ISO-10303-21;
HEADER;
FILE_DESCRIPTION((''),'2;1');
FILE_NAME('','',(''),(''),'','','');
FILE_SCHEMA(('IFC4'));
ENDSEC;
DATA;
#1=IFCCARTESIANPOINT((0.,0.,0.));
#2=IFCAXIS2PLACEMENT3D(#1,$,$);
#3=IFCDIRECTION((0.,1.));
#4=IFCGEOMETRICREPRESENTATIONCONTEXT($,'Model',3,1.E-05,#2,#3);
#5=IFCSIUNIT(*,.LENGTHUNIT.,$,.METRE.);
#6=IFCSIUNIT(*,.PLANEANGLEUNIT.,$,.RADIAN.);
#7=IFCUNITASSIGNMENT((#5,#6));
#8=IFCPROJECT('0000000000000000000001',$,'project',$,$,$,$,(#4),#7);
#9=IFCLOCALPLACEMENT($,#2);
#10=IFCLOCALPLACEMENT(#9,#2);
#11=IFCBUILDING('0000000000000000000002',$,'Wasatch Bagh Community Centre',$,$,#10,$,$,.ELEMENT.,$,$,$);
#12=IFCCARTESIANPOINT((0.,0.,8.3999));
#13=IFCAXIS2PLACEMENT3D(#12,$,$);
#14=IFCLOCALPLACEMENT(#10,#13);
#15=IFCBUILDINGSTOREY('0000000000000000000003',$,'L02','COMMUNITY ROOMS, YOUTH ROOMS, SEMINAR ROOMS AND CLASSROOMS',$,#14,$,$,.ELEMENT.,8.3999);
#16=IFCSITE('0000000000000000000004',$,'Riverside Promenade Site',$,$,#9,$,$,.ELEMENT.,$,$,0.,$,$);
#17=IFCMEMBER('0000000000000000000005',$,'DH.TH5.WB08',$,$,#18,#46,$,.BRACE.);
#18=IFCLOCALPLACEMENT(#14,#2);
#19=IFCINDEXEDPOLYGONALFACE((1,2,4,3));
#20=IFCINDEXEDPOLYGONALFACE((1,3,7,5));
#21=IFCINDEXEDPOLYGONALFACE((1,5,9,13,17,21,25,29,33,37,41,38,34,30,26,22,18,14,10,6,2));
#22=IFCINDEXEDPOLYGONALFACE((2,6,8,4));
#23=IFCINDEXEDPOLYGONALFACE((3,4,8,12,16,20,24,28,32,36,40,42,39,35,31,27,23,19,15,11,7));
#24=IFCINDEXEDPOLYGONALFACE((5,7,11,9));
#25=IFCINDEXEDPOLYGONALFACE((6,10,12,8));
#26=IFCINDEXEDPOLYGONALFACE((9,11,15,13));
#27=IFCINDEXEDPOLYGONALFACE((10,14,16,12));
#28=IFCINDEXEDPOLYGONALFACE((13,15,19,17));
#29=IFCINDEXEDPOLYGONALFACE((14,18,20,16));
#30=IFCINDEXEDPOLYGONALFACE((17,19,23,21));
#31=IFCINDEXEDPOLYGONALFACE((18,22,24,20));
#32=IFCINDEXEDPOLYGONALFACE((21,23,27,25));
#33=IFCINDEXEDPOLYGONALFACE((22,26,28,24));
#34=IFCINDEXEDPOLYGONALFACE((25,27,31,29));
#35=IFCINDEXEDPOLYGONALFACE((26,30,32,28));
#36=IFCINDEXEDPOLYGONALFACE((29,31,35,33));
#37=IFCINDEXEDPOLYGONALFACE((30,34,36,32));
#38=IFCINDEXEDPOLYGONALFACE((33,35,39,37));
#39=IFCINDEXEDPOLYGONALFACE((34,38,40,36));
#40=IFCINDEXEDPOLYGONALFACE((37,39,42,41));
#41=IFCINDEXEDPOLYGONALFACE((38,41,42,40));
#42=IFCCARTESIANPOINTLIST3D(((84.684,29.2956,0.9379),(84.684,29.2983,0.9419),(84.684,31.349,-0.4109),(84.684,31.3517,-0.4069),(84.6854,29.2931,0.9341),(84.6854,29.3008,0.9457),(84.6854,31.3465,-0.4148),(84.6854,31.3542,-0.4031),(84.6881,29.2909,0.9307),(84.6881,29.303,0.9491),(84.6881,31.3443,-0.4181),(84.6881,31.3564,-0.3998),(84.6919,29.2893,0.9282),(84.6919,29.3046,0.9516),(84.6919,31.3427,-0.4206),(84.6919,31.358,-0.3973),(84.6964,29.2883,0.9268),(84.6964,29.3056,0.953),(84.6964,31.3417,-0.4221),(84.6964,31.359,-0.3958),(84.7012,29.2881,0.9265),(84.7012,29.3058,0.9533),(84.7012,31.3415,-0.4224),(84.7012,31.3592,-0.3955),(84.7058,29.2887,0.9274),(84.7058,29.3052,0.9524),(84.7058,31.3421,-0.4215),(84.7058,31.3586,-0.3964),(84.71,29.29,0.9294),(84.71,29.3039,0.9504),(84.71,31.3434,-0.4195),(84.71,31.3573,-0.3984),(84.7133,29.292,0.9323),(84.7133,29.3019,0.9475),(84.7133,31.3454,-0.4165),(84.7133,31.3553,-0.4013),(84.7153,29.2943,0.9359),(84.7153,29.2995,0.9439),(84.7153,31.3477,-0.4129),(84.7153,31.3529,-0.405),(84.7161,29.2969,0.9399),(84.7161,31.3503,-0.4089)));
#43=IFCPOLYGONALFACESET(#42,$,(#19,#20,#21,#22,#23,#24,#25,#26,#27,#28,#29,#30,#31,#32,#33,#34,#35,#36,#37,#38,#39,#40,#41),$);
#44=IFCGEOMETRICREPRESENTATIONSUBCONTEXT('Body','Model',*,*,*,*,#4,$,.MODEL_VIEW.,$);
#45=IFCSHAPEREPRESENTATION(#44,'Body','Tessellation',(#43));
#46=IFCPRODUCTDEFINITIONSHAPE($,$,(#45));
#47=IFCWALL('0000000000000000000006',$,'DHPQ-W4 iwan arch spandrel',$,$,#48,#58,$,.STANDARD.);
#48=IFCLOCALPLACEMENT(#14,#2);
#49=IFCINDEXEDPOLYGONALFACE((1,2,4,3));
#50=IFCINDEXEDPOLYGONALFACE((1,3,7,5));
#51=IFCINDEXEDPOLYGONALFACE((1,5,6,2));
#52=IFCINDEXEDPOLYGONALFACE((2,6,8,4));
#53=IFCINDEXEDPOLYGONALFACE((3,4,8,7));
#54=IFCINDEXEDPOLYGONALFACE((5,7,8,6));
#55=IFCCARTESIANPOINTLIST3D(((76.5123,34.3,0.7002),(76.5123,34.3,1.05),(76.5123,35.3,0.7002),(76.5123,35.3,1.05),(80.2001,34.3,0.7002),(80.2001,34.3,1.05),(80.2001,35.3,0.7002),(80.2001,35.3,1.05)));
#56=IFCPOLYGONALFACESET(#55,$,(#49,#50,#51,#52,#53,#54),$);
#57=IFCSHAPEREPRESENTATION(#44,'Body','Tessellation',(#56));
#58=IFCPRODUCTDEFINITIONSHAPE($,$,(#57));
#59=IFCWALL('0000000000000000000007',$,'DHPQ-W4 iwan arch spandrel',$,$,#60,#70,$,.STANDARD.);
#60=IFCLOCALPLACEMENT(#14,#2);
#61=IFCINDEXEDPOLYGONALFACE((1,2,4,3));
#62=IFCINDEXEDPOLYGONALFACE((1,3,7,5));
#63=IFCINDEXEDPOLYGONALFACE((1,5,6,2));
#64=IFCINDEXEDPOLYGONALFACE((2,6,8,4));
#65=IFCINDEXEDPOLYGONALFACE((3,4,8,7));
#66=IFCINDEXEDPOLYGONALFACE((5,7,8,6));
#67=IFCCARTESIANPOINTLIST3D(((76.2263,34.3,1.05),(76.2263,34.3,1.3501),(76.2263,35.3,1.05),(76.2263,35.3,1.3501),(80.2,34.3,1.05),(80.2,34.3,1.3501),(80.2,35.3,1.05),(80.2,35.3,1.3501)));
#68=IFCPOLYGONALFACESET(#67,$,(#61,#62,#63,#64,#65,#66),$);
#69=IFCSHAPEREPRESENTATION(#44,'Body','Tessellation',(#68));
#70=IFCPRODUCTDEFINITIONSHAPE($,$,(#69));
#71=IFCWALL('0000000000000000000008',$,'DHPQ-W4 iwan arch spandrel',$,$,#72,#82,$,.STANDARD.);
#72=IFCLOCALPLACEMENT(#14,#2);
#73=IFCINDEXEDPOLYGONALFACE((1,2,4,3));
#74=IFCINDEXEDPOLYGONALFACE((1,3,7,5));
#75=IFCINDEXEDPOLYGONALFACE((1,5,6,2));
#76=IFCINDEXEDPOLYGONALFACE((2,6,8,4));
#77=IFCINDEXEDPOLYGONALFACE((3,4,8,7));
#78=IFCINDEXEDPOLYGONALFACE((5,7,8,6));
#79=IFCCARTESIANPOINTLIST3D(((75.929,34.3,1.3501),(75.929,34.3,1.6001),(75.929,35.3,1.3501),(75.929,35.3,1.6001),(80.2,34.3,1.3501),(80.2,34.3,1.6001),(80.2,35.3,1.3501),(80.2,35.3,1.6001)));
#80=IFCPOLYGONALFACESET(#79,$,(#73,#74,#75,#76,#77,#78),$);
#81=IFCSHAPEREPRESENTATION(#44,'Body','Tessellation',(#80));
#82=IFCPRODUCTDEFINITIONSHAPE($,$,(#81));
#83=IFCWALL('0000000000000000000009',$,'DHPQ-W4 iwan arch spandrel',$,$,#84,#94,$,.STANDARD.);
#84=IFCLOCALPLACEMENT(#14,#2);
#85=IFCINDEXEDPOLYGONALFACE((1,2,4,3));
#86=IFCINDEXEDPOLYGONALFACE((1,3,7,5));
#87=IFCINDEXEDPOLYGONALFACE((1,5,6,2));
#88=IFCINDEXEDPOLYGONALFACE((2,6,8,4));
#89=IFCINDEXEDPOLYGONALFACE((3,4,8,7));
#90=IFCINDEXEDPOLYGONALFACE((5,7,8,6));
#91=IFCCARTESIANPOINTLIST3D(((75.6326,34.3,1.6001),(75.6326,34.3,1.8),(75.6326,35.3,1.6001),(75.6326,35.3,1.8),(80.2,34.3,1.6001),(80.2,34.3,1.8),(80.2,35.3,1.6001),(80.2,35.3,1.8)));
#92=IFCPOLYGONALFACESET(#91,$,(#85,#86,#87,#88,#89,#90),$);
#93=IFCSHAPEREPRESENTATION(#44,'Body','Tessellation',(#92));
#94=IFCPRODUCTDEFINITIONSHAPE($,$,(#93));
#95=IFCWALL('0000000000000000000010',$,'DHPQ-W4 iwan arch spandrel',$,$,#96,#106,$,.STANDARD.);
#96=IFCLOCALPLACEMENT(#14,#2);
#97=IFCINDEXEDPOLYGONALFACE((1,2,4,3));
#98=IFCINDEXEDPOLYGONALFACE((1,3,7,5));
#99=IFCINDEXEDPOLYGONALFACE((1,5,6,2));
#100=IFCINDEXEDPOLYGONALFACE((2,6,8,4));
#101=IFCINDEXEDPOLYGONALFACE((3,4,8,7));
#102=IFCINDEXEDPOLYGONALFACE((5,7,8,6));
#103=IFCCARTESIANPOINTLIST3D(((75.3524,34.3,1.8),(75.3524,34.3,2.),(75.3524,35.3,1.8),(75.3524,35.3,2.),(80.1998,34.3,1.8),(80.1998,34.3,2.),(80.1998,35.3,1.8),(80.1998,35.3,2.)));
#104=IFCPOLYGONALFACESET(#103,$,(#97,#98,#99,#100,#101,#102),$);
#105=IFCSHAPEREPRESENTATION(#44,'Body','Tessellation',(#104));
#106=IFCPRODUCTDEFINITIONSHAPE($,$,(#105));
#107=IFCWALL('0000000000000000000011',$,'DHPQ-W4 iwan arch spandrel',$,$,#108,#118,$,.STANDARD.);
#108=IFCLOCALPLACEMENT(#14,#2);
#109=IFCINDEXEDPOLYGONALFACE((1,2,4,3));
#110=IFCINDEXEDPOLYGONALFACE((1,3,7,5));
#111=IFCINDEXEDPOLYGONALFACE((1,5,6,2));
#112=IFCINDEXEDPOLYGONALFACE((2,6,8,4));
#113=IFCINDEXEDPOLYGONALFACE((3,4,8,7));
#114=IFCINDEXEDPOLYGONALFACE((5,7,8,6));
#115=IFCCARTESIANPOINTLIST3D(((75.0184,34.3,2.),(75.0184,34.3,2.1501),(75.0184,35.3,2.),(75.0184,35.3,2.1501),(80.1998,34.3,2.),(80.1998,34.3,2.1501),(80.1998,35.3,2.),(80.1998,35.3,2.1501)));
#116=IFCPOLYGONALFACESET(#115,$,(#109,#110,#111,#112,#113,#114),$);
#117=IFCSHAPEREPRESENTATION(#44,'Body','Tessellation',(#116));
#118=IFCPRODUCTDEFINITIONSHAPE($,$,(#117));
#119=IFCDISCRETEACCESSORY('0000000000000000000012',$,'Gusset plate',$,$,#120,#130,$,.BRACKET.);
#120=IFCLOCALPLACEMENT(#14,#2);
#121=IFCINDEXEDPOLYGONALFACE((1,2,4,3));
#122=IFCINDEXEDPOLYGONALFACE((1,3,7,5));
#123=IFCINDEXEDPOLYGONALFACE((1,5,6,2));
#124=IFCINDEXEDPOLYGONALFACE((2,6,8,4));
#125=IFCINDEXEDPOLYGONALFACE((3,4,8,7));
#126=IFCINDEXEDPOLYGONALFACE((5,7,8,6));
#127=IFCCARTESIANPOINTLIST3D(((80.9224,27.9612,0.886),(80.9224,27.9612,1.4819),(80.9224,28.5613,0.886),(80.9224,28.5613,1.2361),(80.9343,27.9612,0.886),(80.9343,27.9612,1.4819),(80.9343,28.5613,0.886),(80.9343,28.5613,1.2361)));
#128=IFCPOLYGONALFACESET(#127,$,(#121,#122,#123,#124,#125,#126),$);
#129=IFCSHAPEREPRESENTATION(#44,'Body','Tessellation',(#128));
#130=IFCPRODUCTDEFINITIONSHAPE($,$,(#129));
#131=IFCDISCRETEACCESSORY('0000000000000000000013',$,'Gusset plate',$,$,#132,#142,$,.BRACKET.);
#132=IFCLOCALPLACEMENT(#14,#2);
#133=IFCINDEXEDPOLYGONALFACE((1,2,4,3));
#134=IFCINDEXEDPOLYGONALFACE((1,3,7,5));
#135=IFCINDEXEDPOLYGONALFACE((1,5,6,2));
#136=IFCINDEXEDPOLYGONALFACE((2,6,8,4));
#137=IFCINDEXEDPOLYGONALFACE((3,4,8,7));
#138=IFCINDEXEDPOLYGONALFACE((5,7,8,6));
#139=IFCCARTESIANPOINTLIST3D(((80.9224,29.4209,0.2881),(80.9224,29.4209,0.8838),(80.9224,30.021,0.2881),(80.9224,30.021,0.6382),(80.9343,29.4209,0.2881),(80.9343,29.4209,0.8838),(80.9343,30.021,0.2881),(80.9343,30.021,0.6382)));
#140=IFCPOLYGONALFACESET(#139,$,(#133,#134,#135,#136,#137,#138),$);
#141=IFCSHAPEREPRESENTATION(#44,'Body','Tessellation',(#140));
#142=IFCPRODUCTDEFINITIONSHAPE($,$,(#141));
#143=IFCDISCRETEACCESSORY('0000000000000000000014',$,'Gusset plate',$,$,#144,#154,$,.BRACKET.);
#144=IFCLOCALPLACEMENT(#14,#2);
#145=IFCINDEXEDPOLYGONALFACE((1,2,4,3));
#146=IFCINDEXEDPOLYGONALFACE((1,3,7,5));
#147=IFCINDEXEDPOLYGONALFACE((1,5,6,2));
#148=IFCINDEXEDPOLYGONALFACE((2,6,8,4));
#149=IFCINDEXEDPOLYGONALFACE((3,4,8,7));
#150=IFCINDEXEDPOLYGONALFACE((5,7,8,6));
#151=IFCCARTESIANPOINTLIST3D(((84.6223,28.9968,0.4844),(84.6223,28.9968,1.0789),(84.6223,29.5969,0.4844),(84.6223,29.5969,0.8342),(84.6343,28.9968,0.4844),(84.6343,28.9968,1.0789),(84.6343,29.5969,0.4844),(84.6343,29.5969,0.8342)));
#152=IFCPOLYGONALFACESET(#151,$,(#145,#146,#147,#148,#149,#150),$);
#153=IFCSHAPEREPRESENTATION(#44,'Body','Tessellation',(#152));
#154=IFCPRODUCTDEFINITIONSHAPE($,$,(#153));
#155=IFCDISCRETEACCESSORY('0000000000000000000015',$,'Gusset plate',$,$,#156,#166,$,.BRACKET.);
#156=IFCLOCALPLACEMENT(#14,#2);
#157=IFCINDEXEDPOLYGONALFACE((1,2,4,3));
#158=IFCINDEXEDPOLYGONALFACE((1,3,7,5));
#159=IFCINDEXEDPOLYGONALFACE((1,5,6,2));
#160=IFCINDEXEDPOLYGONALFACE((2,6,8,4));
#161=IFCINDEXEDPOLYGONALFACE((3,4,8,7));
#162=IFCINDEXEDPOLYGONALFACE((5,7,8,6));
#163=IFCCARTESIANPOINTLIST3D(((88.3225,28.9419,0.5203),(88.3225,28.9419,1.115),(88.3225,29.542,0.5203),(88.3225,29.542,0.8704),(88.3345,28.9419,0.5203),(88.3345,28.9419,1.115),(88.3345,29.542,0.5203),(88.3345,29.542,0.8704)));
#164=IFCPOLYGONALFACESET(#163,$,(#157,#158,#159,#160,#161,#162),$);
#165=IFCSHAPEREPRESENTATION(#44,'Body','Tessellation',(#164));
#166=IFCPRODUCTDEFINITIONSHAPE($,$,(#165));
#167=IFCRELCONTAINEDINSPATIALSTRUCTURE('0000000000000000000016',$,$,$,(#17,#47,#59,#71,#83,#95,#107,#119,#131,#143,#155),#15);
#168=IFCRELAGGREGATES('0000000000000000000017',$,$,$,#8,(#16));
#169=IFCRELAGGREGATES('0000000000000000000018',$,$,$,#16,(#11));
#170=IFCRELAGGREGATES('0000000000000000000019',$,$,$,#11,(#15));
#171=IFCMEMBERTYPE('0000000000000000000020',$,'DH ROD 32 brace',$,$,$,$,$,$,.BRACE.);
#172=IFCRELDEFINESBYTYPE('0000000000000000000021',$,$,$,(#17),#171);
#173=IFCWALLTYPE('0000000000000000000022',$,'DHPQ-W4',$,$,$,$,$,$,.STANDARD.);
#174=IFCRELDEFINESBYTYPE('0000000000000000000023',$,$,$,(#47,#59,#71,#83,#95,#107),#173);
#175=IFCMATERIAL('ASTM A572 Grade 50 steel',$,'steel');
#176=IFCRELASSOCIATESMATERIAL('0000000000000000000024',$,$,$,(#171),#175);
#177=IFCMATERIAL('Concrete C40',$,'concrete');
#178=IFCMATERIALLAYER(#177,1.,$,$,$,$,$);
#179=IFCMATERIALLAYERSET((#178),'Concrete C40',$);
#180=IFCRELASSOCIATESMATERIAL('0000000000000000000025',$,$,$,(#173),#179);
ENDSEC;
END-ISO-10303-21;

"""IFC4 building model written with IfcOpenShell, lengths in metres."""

from ifc_helpers import new_model, si_unit, direction, frame, frame_2d, origin, origin_2d, place, context, subcontext, project, spatial, polyline, rectangle, circle, outline, extrude, material, layer, layer_set, material_profile, profile_set, type_object, element, save


model = new_model("IFC4")

# Units and contexts
model_context = context("Model", 3, precision=1e-05, world=origin(), true_north=direction((0.0, 1.0)))
body_context = subcontext(model_context, "Body", "Model", "MODEL_VIEW")
ifc_project = project(units=[si_unit("LENGTHUNIT", "METRE"), si_unit("PLANEANGLEUNIT", "RADIAN")], contexts=[model_context])

# Site, building, storey
site_placement = place(None, origin())
site = spatial("IfcSite", under=ifc_project, at=site_placement, Name="Riverside Promenade Site", CompositionType="ELEMENT", RefElevation=0.0)
building_placement = place(site_placement, origin())
building = spatial("IfcBuilding", under=site, at=building_placement, Name="Wasatch Bagh Community Centre", CompositionType="ELEMENT")
storey_placement = place(building_placement, frame((0.0, 0.0, 8.3999)))
storey = spatial("IfcBuildingStorey", under=building, at=storey_placement, Name="L02", Description="COMMUNITY ROOMS, YOUTH ROOMS, SEMINAR ROOMS AND CLASSROOMS", CompositionType="ELEMENT", Elevation=8.3999)

# Member
ifc_material_1 = material(Name="ASTM A572 Grade 50 steel", Category="steel")
ifc_material_profile_1 = material_profile(ifc_material_1, circle(Radius=0.0161, at=origin_2d()), Name="ROD 32")
ifc_profile_set_1 = profile_set([ifc_material_profile_1], Name="ASTM A572 Grade 50 steel")
member_type_1 = type_object("IfcMemberType", Name="DH ROD 32 brace", PredefinedType="BRACE", material=ifc_profile_set_1)
member_1_placement = place(storey_placement, frame((84.7, 31.3503, -0.4089), z_axis=(0.0, -0.835807, 0.549023), x_axis=(1.0, 0.0, 0.0)))
element("IfcMember", 1, at=member_1_placement, inside=storey, type_object=member_type_1, Name="DH.TH5.WB08", PredefinedType="BRACE", context=body_context, shape_type="SweptSolid", body=[
    extrude(circle(Radius=0.0161, at=origin_2d()), origin(), (0.0, 0.0, 1.0), 2.4568),
])

# Walls
ifc_material_2 = material(Name="Concrete C40", Category="concrete")
ifc_layer = layer(ifc_material_2, 1.0)
ifc_layer_set = layer_set([ifc_layer], Name="Concrete C40")
wall_type = type_object("IfcWallType", Name="DHPQ-W4", PredefinedType="STANDARD", material=ifc_layer_set)
wall_1_placement = place(storey_placement, frame((80.2, 34.8, 0.7002), z_axis=(0.0, 0.0, 1.0), x_axis=(-1.0, 0.0, 0.0)))
element("IfcWall", 2, at=wall_1_placement, inside=storey, type_object=wall_type, Name="DHPQ-W4 iwan arch spandrel", PredefinedType="STANDARD", context=body_context, shape_type="SweptSolid", body=[
    extrude(rectangle(XDim=3.6877, YDim=1.0, at=frame_2d((1.8438, 0.0))), origin(), (0.0, 0.0, 1.0), 0.3499),
])
wall_2_placement = place(storey_placement, frame((80.2, 34.8, 1.05), z_axis=(0.0, 0.0, 1.0), x_axis=(-1.0, 0.0, 0.0)))
element("IfcWall", 3, at=wall_2_placement, inside=storey, type_object=wall_type, Name="DHPQ-W4 iwan arch spandrel", PredefinedType="STANDARD", context=body_context, shape_type="SweptSolid", body=[
    extrude(rectangle(XDim=3.9736, YDim=1.0, at=frame_2d((1.9868, 0.0))), origin(), (0.0, 0.0, 1.0), 0.3),
])
wall_3_placement = place(storey_placement, frame((80.2, 34.8, 1.3501), z_axis=(0.0, 0.0, 1.0), x_axis=(-1.0, 0.0, 0.0)))
element("IfcWall", 4, at=wall_3_placement, inside=storey, type_object=wall_type, Name="DHPQ-W4 iwan arch spandrel", PredefinedType="STANDARD", context=body_context, shape_type="SweptSolid", body=[
    extrude(rectangle(XDim=4.271, YDim=1.0, at=frame_2d((2.1355, 0.0))), origin(), (0.0, 0.0, 1.0), 0.25),
])
wall_4_placement = place(storey_placement, frame((80.2, 34.8, 1.6001), z_axis=(0.0, 0.0, 1.0), x_axis=(-1.0, 0.0, 0.0)))
element("IfcWall", 5, at=wall_4_placement, inside=storey, type_object=wall_type, Name="DHPQ-W4 iwan arch spandrel", PredefinedType="STANDARD", context=body_context, shape_type="SweptSolid", body=[
    extrude(rectangle(XDim=4.5674, YDim=1.0, at=frame_2d((2.2837, 0.0))), origin(), (0.0, 0.0, 1.0), 0.2),
])
wall_5_placement = place(storey_placement, frame((80.2, 34.8, 1.8), z_axis=(0.0, 0.0, 1.0), x_axis=(-1.0, 0.0, 0.0)))
element("IfcWall", 6, at=wall_5_placement, inside=storey, type_object=wall_type, Name="DHPQ-W4 iwan arch spandrel", PredefinedType="STANDARD", context=body_context, shape_type="SweptSolid", body=[
    extrude(rectangle(XDim=4.8474, YDim=1.0, at=frame_2d((2.4238, 0.0))), origin(), (0.0, 0.0, 1.0), 0.2),
])
wall_6_placement = place(storey_placement, frame((80.2, 34.8, 2.0), z_axis=(0.0, 0.0, 1.0), x_axis=(-1.0, 0.0, 0.0)))
element("IfcWall", 7, at=wall_6_placement, inside=storey, type_object=wall_type, Name="DHPQ-W4 iwan arch spandrel", PredefinedType="STANDARD", context=body_context, shape_type="SweptSolid", body=[
    extrude(rectangle(XDim=5.1814, YDim=1.0, at=frame_2d((2.5908, 0.0))), origin(), (0.0, 0.0, 1.0), 0.1501),
])

# Discrete accessories
discrete_accessory_1_placement = place(storey_placement, frame((80.9224, 27.9612, 1.4819), z_axis=(-1.0, 0.0, 0.0), x_axis=(0.0, 0.925355, -0.379102)))
element("IfcDiscreteAccessory", 8, at=discrete_accessory_1_placement, inside=storey, Name="Gusset plate", PredefinedType="BRACKET", context=body_context, shape_type="SweptSolid", body=[
    extrude(outline(polyline([(0.0, 0.0), (0.6485, 0.0), (0.7812, 0.324), (0.2259, 0.5515), (0.0, 0.0)])), origin(), (0.0, 0.0, -1.0), 0.012),
])
discrete_accessory_2_placement = place(storey_placement, frame((80.9224, 29.4209, 0.8838), z_axis=(-1.0, 0.0, 0.0), x_axis=(0.0, 0.925487, -0.378779)))
element("IfcDiscreteAccessory", 9, at=discrete_accessory_2_placement, inside=storey, Name="Gusset plate", PredefinedType="BRACKET", context=body_context, shape_type="SweptSolid", body=[
    extrude(outline(polyline([(0.0, 0.0), (0.6484, 0.0), (0.781, 0.324), (0.2256, 0.5513), (0.0, 0.0)])), origin(), (0.0, 0.0, -1.0), 0.012),
])
discrete_accessory_3_placement = place(storey_placement, frame((84.6223, 28.9968, 1.0789), z_axis=(-1.0, 0.0, 0.0), x_axis=(0.0, 0.926014, -0.377488)))
element("IfcDiscreteAccessory", 10, at=discrete_accessory_3_placement, inside=storey, Name="Gusset plate", PredefinedType="BRACKET", context=body_context, shape_type="SweptSolid", body=[
    extrude(outline(polyline([(0.0, 0.0), (0.648, 0.0), (0.7801, 0.324), (0.2244, 0.5505), (0.0, 0.0)])), origin(), (0.0, 0.0, -1.0), 0.012),
])
discrete_accessory_4_placement = place(storey_placement, frame((88.3225, 28.9419, 1.115), z_axis=(-1.0, 0.0, 0.0), x_axis=(0.0, 0.926014, -0.377488)))
element("IfcDiscreteAccessory", 11, at=discrete_accessory_4_placement, inside=storey, Name="Gusset plate", PredefinedType="BRACKET", context=body_context, shape_type="SweptSolid", body=[
    extrude(outline(polyline([(0.0, 0.0), (0.648, 0.0), (0.7802, 0.3242), (0.2245, 0.5507), (0.0, 0.0)])), origin(), (0.0, 0.0, -1.0), 0.012),
])

save(model, "model.ifc")
